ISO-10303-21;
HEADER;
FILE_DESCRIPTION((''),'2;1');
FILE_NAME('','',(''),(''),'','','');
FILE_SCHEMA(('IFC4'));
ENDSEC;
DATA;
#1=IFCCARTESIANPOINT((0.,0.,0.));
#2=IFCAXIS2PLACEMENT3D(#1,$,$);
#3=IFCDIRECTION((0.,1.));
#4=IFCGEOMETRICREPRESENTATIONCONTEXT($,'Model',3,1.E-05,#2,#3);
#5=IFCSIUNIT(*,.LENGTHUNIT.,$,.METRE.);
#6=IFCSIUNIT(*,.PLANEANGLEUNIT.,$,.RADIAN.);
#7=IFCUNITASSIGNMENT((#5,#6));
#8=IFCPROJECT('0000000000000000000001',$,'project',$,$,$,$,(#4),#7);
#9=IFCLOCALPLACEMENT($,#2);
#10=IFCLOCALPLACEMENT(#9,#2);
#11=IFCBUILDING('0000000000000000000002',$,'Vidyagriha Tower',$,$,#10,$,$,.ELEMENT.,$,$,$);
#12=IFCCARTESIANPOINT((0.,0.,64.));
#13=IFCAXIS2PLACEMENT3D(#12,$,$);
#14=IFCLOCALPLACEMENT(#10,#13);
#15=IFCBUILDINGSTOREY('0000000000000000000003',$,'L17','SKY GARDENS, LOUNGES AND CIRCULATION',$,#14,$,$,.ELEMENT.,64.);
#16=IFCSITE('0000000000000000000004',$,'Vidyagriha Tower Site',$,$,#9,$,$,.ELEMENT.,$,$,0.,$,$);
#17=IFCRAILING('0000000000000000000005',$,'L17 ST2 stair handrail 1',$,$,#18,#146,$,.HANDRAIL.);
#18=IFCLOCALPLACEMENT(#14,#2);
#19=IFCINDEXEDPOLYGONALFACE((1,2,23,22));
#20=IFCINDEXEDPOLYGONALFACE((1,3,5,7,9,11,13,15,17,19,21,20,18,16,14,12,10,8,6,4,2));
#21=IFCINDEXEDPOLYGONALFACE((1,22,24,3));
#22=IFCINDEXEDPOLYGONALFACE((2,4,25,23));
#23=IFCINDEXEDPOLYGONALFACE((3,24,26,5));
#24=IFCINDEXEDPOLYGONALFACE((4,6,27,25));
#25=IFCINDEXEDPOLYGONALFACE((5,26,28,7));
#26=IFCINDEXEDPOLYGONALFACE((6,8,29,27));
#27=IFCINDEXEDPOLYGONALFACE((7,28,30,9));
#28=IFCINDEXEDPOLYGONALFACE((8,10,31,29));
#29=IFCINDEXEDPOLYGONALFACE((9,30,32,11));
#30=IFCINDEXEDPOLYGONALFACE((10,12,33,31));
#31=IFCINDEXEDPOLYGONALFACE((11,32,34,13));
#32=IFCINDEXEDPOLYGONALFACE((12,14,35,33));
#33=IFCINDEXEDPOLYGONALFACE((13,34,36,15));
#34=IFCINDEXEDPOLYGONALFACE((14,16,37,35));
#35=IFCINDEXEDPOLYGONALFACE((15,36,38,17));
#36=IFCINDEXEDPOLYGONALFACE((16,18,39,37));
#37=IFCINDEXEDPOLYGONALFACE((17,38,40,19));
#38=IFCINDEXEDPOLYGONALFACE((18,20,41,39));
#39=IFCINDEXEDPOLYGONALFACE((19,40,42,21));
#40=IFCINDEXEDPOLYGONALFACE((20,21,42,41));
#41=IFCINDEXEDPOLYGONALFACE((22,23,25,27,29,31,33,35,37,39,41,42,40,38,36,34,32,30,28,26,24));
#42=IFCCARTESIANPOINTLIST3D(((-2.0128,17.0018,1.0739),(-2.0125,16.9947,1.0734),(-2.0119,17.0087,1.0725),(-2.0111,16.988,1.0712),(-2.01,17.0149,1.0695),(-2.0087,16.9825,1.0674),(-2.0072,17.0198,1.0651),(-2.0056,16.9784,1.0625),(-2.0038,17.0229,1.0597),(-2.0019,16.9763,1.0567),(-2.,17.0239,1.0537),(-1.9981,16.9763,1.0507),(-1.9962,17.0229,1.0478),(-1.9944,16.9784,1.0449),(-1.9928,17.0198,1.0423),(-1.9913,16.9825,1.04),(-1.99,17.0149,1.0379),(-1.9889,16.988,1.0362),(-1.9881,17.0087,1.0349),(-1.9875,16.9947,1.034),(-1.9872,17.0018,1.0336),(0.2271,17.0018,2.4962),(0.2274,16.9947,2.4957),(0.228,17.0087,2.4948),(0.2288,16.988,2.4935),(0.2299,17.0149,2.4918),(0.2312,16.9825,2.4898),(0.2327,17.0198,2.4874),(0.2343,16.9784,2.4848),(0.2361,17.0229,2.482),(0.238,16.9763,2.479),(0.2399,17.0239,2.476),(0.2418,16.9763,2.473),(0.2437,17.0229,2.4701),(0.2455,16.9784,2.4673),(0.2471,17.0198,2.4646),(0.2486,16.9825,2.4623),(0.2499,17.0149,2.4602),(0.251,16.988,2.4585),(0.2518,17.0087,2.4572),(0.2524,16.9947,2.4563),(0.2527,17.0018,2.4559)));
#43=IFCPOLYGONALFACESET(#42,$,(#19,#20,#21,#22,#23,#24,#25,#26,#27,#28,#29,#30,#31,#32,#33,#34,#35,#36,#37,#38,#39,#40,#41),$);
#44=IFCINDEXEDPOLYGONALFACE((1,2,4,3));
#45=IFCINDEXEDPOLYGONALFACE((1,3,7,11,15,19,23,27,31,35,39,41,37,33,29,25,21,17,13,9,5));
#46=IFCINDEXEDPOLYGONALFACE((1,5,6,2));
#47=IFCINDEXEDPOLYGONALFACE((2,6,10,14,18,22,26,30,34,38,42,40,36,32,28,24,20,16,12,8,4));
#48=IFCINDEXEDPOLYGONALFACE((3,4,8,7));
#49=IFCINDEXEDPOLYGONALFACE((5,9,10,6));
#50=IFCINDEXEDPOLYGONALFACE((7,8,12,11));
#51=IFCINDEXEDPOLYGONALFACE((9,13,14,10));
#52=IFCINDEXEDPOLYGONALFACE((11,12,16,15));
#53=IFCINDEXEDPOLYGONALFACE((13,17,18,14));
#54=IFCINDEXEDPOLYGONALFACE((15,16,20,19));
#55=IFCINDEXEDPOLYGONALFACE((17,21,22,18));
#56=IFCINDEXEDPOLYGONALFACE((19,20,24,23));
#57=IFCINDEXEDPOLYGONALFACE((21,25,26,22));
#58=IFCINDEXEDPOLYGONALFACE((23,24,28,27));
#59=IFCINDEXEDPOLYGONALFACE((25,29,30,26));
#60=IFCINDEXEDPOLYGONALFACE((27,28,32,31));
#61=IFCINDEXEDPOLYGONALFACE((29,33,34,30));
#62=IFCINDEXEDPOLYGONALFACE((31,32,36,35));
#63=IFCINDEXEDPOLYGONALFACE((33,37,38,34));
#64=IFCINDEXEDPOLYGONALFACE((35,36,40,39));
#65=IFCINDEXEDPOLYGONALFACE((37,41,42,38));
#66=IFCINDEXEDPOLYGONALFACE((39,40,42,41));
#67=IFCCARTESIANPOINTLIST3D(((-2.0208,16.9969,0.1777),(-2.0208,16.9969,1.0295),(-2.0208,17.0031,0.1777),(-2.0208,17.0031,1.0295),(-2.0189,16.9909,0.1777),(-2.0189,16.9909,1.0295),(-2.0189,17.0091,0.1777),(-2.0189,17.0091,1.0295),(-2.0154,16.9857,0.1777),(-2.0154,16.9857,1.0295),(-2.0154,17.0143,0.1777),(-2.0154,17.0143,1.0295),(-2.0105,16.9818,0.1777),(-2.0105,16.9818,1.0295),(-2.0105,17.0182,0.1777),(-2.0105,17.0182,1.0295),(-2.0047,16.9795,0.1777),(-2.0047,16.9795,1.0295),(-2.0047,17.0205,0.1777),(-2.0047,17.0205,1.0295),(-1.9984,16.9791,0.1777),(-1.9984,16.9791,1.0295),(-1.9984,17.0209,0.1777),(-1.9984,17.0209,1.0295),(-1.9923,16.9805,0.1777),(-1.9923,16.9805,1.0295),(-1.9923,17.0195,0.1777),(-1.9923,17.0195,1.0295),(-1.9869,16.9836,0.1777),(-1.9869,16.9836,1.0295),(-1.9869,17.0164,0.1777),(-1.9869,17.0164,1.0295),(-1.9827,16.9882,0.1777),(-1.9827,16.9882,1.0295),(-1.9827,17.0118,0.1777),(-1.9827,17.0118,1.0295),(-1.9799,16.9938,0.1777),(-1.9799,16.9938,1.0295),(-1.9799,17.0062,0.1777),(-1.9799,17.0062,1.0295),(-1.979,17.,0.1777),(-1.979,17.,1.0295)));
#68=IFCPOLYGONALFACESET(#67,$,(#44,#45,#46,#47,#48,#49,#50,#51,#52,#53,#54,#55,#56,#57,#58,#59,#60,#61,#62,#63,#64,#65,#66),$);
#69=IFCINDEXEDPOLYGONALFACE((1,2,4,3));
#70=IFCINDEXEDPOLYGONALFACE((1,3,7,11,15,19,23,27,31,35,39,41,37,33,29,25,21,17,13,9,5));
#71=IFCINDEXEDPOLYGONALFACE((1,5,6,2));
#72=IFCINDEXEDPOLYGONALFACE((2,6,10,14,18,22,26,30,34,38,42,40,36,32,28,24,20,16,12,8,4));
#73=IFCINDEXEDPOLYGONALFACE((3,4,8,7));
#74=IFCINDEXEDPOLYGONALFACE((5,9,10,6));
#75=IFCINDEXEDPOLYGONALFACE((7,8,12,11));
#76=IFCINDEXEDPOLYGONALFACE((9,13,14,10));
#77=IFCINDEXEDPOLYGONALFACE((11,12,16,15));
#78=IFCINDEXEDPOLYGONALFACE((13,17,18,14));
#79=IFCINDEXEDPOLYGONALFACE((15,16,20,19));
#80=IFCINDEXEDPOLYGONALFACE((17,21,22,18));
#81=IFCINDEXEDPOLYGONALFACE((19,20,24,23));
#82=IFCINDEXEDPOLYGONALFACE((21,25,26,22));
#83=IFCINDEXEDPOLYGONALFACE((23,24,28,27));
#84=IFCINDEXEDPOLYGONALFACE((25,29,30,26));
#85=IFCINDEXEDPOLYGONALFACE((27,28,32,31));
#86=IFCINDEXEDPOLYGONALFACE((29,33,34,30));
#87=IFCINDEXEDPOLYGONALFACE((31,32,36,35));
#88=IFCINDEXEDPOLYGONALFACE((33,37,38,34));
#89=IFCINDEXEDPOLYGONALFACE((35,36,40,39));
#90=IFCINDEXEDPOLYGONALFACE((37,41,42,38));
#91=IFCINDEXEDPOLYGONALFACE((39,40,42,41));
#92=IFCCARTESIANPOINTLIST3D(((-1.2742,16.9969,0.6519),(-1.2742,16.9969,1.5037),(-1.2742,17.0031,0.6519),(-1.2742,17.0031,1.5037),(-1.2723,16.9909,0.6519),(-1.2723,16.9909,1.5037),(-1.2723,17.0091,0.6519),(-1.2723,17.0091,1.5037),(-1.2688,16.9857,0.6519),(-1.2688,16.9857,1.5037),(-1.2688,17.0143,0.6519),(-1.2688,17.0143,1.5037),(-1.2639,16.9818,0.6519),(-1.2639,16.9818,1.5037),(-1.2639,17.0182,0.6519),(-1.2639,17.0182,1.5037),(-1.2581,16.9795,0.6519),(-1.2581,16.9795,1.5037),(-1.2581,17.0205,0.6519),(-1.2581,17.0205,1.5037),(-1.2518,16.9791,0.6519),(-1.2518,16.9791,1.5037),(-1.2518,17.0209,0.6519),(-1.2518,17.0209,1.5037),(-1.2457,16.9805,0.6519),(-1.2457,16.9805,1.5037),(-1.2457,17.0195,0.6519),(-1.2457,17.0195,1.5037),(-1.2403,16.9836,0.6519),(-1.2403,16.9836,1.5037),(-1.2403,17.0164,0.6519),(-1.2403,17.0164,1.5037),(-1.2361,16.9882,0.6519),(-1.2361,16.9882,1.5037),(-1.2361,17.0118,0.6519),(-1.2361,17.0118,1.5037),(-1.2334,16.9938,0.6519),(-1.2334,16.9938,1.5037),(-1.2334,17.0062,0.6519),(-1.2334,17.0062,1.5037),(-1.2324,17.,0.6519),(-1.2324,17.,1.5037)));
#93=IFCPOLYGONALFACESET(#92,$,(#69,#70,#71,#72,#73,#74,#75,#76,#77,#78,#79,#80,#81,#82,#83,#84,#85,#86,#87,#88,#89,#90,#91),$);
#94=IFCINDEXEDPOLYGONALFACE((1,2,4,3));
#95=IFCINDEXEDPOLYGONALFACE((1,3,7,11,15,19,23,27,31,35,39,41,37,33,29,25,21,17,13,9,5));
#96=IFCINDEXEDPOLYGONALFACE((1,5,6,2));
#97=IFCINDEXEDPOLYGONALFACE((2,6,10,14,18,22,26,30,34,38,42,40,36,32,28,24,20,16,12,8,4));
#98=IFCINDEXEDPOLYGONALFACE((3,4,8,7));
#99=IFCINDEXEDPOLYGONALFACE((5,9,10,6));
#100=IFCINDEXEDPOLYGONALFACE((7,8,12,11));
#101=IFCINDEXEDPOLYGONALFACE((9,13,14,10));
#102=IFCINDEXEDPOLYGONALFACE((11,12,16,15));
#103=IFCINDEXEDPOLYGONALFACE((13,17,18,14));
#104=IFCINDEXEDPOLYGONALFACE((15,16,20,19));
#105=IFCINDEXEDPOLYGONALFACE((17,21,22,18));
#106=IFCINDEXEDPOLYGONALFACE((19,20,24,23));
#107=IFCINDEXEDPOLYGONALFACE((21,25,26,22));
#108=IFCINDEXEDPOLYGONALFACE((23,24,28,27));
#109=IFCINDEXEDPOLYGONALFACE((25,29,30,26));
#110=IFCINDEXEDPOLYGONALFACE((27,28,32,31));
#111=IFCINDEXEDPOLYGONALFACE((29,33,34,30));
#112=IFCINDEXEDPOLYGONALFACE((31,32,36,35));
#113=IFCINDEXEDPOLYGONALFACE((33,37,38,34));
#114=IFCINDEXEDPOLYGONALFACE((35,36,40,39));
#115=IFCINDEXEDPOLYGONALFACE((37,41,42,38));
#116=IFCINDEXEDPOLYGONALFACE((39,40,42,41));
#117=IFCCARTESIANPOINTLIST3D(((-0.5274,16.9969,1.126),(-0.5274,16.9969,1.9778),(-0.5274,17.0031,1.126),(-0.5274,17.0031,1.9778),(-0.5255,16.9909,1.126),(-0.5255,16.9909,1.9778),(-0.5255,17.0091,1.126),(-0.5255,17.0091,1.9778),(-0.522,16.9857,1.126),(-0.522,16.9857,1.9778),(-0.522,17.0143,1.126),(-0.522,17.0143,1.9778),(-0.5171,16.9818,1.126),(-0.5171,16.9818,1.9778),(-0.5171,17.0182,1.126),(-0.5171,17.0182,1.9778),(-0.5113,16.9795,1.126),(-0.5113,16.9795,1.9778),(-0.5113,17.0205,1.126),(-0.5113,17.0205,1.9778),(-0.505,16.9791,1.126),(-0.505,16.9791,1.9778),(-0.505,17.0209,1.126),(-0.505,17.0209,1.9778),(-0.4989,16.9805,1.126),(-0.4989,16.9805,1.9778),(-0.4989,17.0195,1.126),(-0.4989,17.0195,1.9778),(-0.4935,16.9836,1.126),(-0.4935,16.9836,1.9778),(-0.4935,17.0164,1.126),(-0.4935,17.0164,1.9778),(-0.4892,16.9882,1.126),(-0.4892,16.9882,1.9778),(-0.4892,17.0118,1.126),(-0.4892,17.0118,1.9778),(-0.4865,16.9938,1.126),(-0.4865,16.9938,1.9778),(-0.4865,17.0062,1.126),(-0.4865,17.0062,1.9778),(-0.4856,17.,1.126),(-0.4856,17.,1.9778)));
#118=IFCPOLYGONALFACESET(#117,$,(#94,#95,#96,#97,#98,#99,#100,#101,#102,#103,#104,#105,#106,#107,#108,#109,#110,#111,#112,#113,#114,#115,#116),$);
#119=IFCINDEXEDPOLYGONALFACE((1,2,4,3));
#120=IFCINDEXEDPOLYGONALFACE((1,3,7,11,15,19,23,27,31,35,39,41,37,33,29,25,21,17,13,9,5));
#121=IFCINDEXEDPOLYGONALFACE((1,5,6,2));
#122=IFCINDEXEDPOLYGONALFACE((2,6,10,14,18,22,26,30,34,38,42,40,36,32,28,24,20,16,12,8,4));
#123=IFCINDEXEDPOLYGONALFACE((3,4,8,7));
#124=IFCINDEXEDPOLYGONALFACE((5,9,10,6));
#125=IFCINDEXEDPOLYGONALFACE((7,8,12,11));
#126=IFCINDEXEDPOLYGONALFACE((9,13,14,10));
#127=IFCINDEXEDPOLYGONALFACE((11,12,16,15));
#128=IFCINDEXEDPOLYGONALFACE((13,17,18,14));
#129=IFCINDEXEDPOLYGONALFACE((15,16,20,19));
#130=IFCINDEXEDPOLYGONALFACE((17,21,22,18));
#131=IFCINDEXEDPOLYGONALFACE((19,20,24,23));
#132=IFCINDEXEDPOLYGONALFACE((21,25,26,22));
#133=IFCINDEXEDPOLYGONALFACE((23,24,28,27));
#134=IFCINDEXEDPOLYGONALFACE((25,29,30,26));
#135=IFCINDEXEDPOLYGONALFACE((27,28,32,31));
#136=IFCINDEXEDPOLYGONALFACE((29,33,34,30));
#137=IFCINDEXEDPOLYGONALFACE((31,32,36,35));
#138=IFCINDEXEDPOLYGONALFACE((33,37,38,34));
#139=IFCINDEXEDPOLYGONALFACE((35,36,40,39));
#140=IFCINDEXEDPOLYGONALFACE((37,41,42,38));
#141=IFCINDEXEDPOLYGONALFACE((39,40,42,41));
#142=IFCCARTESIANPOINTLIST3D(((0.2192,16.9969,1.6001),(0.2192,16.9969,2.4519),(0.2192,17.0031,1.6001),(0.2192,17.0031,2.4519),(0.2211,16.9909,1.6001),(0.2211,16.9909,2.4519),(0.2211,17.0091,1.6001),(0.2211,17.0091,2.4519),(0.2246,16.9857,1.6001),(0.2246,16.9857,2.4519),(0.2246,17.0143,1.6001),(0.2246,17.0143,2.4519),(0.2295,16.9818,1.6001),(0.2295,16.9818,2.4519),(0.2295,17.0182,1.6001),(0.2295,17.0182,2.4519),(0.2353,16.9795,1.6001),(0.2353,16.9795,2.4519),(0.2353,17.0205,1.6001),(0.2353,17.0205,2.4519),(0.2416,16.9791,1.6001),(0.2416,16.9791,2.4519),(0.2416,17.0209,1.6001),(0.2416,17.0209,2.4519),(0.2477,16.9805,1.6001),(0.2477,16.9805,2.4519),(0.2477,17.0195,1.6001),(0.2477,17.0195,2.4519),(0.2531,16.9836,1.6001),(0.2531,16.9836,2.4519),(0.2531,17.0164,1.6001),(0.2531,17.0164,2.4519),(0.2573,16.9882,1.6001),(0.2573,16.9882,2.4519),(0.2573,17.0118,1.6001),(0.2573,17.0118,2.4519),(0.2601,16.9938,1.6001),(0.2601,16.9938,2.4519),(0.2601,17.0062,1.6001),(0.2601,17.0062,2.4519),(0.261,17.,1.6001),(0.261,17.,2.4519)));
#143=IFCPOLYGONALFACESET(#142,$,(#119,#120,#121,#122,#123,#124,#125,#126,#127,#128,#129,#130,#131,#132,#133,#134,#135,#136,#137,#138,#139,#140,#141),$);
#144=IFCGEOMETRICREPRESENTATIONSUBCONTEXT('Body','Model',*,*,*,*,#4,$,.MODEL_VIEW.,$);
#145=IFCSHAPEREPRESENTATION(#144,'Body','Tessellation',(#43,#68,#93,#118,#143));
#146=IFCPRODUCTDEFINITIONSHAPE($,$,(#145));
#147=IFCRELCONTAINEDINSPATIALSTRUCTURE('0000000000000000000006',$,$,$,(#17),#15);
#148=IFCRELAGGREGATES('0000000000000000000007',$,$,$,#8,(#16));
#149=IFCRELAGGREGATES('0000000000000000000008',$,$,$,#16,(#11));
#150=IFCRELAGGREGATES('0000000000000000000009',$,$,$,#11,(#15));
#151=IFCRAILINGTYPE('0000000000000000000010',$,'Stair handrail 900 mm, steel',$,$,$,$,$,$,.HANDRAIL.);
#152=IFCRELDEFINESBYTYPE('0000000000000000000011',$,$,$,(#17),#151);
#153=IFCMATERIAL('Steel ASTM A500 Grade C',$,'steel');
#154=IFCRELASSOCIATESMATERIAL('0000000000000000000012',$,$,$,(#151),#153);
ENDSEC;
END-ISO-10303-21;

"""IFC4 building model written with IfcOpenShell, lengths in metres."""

from ifc_helpers import new_model, si_unit, direction, frame, origin, origin_2d, place, context, subcontext, project, spatial, circle, extrude, material, type_object, element, save


model = new_model("IFC4")

# Units and contexts
model_context = context("Model", 3, precision=1e-05, world=origin(), true_north=direction((0.0, 1.0)))
body_context = subcontext(model_context, "Body", "Model", "MODEL_VIEW")
ifc_project = project(units=[si_unit("LENGTHUNIT", "METRE"), si_unit("PLANEANGLEUNIT", "RADIAN")], contexts=[model_context])

# Site, building, storey
site_placement = place(None, origin())
site = spatial("IfcSite", under=ifc_project, at=site_placement, Name="Vidyagriha Tower Site", CompositionType="ELEMENT", RefElevation=0.0)
building_placement = place(site_placement, origin())
building = spatial("IfcBuilding", under=site, at=building_placement, Name="Vidyagriha Tower", CompositionType="ELEMENT")
storey_placement = place(building_placement, frame((0.0, 0.0, 64.0)))
storey = spatial("IfcBuildingStorey", under=building, at=storey_placement, Name="L17", Description="SKY GARDENS, LOUNGES AND CIRCULATION", CompositionType="ELEMENT", Elevation=64.0)

# Railing
ifc_material_1 = material(Name="Steel ASTM A500 Grade C", Category="steel")
railing_type_1 = type_object("IfcRailingType", Name="Stair handrail 900 mm, steel", PredefinedType="HANDRAIL", material=ifc_material_1)
for number, where, name in (
    (1, (-2.0, 17.0, 0.1777), "L17 ST2 stair handrail 1"),
):
    element("IfcRailing", number, at=place(storey_placement, frame(where)), inside=storey, type_object=railing_type_1, Name=name, PredefinedType="HANDRAIL", context=body_context, shape_type="SweptSolid", body=[
        extrude(circle(Radius=0.0239, at=origin_2d()), frame((0.0, 0.0, 0.876), z_axis=(0.844188, 0.0, 0.536048), x_axis=(0.0, 1.0, 0.0)), (0.0, 0.0, 1.0), 2.6533),
        extrude(circle(Radius=0.021, at=origin_2d()), origin(), (0.0, 0.0, 1.0), 0.8518),
        extrude(circle(Radius=0.021, at=origin_2d()), frame((0.7466, 0.0, 0.4741)), (0.0, 0.0, 1.0), 0.8518),
        extrude(circle(Radius=0.021, at=origin_2d()), frame((1.4934, 0.0, 0.9482)), (0.0, 0.0, 1.0), 0.8518),
        extrude(circle(Radius=0.021, at=origin_2d()), frame((2.24, 0.0, 1.4224)), (0.0, 0.0, 1.0), 0.8518),
    ])

save(model, "model.ifc")
